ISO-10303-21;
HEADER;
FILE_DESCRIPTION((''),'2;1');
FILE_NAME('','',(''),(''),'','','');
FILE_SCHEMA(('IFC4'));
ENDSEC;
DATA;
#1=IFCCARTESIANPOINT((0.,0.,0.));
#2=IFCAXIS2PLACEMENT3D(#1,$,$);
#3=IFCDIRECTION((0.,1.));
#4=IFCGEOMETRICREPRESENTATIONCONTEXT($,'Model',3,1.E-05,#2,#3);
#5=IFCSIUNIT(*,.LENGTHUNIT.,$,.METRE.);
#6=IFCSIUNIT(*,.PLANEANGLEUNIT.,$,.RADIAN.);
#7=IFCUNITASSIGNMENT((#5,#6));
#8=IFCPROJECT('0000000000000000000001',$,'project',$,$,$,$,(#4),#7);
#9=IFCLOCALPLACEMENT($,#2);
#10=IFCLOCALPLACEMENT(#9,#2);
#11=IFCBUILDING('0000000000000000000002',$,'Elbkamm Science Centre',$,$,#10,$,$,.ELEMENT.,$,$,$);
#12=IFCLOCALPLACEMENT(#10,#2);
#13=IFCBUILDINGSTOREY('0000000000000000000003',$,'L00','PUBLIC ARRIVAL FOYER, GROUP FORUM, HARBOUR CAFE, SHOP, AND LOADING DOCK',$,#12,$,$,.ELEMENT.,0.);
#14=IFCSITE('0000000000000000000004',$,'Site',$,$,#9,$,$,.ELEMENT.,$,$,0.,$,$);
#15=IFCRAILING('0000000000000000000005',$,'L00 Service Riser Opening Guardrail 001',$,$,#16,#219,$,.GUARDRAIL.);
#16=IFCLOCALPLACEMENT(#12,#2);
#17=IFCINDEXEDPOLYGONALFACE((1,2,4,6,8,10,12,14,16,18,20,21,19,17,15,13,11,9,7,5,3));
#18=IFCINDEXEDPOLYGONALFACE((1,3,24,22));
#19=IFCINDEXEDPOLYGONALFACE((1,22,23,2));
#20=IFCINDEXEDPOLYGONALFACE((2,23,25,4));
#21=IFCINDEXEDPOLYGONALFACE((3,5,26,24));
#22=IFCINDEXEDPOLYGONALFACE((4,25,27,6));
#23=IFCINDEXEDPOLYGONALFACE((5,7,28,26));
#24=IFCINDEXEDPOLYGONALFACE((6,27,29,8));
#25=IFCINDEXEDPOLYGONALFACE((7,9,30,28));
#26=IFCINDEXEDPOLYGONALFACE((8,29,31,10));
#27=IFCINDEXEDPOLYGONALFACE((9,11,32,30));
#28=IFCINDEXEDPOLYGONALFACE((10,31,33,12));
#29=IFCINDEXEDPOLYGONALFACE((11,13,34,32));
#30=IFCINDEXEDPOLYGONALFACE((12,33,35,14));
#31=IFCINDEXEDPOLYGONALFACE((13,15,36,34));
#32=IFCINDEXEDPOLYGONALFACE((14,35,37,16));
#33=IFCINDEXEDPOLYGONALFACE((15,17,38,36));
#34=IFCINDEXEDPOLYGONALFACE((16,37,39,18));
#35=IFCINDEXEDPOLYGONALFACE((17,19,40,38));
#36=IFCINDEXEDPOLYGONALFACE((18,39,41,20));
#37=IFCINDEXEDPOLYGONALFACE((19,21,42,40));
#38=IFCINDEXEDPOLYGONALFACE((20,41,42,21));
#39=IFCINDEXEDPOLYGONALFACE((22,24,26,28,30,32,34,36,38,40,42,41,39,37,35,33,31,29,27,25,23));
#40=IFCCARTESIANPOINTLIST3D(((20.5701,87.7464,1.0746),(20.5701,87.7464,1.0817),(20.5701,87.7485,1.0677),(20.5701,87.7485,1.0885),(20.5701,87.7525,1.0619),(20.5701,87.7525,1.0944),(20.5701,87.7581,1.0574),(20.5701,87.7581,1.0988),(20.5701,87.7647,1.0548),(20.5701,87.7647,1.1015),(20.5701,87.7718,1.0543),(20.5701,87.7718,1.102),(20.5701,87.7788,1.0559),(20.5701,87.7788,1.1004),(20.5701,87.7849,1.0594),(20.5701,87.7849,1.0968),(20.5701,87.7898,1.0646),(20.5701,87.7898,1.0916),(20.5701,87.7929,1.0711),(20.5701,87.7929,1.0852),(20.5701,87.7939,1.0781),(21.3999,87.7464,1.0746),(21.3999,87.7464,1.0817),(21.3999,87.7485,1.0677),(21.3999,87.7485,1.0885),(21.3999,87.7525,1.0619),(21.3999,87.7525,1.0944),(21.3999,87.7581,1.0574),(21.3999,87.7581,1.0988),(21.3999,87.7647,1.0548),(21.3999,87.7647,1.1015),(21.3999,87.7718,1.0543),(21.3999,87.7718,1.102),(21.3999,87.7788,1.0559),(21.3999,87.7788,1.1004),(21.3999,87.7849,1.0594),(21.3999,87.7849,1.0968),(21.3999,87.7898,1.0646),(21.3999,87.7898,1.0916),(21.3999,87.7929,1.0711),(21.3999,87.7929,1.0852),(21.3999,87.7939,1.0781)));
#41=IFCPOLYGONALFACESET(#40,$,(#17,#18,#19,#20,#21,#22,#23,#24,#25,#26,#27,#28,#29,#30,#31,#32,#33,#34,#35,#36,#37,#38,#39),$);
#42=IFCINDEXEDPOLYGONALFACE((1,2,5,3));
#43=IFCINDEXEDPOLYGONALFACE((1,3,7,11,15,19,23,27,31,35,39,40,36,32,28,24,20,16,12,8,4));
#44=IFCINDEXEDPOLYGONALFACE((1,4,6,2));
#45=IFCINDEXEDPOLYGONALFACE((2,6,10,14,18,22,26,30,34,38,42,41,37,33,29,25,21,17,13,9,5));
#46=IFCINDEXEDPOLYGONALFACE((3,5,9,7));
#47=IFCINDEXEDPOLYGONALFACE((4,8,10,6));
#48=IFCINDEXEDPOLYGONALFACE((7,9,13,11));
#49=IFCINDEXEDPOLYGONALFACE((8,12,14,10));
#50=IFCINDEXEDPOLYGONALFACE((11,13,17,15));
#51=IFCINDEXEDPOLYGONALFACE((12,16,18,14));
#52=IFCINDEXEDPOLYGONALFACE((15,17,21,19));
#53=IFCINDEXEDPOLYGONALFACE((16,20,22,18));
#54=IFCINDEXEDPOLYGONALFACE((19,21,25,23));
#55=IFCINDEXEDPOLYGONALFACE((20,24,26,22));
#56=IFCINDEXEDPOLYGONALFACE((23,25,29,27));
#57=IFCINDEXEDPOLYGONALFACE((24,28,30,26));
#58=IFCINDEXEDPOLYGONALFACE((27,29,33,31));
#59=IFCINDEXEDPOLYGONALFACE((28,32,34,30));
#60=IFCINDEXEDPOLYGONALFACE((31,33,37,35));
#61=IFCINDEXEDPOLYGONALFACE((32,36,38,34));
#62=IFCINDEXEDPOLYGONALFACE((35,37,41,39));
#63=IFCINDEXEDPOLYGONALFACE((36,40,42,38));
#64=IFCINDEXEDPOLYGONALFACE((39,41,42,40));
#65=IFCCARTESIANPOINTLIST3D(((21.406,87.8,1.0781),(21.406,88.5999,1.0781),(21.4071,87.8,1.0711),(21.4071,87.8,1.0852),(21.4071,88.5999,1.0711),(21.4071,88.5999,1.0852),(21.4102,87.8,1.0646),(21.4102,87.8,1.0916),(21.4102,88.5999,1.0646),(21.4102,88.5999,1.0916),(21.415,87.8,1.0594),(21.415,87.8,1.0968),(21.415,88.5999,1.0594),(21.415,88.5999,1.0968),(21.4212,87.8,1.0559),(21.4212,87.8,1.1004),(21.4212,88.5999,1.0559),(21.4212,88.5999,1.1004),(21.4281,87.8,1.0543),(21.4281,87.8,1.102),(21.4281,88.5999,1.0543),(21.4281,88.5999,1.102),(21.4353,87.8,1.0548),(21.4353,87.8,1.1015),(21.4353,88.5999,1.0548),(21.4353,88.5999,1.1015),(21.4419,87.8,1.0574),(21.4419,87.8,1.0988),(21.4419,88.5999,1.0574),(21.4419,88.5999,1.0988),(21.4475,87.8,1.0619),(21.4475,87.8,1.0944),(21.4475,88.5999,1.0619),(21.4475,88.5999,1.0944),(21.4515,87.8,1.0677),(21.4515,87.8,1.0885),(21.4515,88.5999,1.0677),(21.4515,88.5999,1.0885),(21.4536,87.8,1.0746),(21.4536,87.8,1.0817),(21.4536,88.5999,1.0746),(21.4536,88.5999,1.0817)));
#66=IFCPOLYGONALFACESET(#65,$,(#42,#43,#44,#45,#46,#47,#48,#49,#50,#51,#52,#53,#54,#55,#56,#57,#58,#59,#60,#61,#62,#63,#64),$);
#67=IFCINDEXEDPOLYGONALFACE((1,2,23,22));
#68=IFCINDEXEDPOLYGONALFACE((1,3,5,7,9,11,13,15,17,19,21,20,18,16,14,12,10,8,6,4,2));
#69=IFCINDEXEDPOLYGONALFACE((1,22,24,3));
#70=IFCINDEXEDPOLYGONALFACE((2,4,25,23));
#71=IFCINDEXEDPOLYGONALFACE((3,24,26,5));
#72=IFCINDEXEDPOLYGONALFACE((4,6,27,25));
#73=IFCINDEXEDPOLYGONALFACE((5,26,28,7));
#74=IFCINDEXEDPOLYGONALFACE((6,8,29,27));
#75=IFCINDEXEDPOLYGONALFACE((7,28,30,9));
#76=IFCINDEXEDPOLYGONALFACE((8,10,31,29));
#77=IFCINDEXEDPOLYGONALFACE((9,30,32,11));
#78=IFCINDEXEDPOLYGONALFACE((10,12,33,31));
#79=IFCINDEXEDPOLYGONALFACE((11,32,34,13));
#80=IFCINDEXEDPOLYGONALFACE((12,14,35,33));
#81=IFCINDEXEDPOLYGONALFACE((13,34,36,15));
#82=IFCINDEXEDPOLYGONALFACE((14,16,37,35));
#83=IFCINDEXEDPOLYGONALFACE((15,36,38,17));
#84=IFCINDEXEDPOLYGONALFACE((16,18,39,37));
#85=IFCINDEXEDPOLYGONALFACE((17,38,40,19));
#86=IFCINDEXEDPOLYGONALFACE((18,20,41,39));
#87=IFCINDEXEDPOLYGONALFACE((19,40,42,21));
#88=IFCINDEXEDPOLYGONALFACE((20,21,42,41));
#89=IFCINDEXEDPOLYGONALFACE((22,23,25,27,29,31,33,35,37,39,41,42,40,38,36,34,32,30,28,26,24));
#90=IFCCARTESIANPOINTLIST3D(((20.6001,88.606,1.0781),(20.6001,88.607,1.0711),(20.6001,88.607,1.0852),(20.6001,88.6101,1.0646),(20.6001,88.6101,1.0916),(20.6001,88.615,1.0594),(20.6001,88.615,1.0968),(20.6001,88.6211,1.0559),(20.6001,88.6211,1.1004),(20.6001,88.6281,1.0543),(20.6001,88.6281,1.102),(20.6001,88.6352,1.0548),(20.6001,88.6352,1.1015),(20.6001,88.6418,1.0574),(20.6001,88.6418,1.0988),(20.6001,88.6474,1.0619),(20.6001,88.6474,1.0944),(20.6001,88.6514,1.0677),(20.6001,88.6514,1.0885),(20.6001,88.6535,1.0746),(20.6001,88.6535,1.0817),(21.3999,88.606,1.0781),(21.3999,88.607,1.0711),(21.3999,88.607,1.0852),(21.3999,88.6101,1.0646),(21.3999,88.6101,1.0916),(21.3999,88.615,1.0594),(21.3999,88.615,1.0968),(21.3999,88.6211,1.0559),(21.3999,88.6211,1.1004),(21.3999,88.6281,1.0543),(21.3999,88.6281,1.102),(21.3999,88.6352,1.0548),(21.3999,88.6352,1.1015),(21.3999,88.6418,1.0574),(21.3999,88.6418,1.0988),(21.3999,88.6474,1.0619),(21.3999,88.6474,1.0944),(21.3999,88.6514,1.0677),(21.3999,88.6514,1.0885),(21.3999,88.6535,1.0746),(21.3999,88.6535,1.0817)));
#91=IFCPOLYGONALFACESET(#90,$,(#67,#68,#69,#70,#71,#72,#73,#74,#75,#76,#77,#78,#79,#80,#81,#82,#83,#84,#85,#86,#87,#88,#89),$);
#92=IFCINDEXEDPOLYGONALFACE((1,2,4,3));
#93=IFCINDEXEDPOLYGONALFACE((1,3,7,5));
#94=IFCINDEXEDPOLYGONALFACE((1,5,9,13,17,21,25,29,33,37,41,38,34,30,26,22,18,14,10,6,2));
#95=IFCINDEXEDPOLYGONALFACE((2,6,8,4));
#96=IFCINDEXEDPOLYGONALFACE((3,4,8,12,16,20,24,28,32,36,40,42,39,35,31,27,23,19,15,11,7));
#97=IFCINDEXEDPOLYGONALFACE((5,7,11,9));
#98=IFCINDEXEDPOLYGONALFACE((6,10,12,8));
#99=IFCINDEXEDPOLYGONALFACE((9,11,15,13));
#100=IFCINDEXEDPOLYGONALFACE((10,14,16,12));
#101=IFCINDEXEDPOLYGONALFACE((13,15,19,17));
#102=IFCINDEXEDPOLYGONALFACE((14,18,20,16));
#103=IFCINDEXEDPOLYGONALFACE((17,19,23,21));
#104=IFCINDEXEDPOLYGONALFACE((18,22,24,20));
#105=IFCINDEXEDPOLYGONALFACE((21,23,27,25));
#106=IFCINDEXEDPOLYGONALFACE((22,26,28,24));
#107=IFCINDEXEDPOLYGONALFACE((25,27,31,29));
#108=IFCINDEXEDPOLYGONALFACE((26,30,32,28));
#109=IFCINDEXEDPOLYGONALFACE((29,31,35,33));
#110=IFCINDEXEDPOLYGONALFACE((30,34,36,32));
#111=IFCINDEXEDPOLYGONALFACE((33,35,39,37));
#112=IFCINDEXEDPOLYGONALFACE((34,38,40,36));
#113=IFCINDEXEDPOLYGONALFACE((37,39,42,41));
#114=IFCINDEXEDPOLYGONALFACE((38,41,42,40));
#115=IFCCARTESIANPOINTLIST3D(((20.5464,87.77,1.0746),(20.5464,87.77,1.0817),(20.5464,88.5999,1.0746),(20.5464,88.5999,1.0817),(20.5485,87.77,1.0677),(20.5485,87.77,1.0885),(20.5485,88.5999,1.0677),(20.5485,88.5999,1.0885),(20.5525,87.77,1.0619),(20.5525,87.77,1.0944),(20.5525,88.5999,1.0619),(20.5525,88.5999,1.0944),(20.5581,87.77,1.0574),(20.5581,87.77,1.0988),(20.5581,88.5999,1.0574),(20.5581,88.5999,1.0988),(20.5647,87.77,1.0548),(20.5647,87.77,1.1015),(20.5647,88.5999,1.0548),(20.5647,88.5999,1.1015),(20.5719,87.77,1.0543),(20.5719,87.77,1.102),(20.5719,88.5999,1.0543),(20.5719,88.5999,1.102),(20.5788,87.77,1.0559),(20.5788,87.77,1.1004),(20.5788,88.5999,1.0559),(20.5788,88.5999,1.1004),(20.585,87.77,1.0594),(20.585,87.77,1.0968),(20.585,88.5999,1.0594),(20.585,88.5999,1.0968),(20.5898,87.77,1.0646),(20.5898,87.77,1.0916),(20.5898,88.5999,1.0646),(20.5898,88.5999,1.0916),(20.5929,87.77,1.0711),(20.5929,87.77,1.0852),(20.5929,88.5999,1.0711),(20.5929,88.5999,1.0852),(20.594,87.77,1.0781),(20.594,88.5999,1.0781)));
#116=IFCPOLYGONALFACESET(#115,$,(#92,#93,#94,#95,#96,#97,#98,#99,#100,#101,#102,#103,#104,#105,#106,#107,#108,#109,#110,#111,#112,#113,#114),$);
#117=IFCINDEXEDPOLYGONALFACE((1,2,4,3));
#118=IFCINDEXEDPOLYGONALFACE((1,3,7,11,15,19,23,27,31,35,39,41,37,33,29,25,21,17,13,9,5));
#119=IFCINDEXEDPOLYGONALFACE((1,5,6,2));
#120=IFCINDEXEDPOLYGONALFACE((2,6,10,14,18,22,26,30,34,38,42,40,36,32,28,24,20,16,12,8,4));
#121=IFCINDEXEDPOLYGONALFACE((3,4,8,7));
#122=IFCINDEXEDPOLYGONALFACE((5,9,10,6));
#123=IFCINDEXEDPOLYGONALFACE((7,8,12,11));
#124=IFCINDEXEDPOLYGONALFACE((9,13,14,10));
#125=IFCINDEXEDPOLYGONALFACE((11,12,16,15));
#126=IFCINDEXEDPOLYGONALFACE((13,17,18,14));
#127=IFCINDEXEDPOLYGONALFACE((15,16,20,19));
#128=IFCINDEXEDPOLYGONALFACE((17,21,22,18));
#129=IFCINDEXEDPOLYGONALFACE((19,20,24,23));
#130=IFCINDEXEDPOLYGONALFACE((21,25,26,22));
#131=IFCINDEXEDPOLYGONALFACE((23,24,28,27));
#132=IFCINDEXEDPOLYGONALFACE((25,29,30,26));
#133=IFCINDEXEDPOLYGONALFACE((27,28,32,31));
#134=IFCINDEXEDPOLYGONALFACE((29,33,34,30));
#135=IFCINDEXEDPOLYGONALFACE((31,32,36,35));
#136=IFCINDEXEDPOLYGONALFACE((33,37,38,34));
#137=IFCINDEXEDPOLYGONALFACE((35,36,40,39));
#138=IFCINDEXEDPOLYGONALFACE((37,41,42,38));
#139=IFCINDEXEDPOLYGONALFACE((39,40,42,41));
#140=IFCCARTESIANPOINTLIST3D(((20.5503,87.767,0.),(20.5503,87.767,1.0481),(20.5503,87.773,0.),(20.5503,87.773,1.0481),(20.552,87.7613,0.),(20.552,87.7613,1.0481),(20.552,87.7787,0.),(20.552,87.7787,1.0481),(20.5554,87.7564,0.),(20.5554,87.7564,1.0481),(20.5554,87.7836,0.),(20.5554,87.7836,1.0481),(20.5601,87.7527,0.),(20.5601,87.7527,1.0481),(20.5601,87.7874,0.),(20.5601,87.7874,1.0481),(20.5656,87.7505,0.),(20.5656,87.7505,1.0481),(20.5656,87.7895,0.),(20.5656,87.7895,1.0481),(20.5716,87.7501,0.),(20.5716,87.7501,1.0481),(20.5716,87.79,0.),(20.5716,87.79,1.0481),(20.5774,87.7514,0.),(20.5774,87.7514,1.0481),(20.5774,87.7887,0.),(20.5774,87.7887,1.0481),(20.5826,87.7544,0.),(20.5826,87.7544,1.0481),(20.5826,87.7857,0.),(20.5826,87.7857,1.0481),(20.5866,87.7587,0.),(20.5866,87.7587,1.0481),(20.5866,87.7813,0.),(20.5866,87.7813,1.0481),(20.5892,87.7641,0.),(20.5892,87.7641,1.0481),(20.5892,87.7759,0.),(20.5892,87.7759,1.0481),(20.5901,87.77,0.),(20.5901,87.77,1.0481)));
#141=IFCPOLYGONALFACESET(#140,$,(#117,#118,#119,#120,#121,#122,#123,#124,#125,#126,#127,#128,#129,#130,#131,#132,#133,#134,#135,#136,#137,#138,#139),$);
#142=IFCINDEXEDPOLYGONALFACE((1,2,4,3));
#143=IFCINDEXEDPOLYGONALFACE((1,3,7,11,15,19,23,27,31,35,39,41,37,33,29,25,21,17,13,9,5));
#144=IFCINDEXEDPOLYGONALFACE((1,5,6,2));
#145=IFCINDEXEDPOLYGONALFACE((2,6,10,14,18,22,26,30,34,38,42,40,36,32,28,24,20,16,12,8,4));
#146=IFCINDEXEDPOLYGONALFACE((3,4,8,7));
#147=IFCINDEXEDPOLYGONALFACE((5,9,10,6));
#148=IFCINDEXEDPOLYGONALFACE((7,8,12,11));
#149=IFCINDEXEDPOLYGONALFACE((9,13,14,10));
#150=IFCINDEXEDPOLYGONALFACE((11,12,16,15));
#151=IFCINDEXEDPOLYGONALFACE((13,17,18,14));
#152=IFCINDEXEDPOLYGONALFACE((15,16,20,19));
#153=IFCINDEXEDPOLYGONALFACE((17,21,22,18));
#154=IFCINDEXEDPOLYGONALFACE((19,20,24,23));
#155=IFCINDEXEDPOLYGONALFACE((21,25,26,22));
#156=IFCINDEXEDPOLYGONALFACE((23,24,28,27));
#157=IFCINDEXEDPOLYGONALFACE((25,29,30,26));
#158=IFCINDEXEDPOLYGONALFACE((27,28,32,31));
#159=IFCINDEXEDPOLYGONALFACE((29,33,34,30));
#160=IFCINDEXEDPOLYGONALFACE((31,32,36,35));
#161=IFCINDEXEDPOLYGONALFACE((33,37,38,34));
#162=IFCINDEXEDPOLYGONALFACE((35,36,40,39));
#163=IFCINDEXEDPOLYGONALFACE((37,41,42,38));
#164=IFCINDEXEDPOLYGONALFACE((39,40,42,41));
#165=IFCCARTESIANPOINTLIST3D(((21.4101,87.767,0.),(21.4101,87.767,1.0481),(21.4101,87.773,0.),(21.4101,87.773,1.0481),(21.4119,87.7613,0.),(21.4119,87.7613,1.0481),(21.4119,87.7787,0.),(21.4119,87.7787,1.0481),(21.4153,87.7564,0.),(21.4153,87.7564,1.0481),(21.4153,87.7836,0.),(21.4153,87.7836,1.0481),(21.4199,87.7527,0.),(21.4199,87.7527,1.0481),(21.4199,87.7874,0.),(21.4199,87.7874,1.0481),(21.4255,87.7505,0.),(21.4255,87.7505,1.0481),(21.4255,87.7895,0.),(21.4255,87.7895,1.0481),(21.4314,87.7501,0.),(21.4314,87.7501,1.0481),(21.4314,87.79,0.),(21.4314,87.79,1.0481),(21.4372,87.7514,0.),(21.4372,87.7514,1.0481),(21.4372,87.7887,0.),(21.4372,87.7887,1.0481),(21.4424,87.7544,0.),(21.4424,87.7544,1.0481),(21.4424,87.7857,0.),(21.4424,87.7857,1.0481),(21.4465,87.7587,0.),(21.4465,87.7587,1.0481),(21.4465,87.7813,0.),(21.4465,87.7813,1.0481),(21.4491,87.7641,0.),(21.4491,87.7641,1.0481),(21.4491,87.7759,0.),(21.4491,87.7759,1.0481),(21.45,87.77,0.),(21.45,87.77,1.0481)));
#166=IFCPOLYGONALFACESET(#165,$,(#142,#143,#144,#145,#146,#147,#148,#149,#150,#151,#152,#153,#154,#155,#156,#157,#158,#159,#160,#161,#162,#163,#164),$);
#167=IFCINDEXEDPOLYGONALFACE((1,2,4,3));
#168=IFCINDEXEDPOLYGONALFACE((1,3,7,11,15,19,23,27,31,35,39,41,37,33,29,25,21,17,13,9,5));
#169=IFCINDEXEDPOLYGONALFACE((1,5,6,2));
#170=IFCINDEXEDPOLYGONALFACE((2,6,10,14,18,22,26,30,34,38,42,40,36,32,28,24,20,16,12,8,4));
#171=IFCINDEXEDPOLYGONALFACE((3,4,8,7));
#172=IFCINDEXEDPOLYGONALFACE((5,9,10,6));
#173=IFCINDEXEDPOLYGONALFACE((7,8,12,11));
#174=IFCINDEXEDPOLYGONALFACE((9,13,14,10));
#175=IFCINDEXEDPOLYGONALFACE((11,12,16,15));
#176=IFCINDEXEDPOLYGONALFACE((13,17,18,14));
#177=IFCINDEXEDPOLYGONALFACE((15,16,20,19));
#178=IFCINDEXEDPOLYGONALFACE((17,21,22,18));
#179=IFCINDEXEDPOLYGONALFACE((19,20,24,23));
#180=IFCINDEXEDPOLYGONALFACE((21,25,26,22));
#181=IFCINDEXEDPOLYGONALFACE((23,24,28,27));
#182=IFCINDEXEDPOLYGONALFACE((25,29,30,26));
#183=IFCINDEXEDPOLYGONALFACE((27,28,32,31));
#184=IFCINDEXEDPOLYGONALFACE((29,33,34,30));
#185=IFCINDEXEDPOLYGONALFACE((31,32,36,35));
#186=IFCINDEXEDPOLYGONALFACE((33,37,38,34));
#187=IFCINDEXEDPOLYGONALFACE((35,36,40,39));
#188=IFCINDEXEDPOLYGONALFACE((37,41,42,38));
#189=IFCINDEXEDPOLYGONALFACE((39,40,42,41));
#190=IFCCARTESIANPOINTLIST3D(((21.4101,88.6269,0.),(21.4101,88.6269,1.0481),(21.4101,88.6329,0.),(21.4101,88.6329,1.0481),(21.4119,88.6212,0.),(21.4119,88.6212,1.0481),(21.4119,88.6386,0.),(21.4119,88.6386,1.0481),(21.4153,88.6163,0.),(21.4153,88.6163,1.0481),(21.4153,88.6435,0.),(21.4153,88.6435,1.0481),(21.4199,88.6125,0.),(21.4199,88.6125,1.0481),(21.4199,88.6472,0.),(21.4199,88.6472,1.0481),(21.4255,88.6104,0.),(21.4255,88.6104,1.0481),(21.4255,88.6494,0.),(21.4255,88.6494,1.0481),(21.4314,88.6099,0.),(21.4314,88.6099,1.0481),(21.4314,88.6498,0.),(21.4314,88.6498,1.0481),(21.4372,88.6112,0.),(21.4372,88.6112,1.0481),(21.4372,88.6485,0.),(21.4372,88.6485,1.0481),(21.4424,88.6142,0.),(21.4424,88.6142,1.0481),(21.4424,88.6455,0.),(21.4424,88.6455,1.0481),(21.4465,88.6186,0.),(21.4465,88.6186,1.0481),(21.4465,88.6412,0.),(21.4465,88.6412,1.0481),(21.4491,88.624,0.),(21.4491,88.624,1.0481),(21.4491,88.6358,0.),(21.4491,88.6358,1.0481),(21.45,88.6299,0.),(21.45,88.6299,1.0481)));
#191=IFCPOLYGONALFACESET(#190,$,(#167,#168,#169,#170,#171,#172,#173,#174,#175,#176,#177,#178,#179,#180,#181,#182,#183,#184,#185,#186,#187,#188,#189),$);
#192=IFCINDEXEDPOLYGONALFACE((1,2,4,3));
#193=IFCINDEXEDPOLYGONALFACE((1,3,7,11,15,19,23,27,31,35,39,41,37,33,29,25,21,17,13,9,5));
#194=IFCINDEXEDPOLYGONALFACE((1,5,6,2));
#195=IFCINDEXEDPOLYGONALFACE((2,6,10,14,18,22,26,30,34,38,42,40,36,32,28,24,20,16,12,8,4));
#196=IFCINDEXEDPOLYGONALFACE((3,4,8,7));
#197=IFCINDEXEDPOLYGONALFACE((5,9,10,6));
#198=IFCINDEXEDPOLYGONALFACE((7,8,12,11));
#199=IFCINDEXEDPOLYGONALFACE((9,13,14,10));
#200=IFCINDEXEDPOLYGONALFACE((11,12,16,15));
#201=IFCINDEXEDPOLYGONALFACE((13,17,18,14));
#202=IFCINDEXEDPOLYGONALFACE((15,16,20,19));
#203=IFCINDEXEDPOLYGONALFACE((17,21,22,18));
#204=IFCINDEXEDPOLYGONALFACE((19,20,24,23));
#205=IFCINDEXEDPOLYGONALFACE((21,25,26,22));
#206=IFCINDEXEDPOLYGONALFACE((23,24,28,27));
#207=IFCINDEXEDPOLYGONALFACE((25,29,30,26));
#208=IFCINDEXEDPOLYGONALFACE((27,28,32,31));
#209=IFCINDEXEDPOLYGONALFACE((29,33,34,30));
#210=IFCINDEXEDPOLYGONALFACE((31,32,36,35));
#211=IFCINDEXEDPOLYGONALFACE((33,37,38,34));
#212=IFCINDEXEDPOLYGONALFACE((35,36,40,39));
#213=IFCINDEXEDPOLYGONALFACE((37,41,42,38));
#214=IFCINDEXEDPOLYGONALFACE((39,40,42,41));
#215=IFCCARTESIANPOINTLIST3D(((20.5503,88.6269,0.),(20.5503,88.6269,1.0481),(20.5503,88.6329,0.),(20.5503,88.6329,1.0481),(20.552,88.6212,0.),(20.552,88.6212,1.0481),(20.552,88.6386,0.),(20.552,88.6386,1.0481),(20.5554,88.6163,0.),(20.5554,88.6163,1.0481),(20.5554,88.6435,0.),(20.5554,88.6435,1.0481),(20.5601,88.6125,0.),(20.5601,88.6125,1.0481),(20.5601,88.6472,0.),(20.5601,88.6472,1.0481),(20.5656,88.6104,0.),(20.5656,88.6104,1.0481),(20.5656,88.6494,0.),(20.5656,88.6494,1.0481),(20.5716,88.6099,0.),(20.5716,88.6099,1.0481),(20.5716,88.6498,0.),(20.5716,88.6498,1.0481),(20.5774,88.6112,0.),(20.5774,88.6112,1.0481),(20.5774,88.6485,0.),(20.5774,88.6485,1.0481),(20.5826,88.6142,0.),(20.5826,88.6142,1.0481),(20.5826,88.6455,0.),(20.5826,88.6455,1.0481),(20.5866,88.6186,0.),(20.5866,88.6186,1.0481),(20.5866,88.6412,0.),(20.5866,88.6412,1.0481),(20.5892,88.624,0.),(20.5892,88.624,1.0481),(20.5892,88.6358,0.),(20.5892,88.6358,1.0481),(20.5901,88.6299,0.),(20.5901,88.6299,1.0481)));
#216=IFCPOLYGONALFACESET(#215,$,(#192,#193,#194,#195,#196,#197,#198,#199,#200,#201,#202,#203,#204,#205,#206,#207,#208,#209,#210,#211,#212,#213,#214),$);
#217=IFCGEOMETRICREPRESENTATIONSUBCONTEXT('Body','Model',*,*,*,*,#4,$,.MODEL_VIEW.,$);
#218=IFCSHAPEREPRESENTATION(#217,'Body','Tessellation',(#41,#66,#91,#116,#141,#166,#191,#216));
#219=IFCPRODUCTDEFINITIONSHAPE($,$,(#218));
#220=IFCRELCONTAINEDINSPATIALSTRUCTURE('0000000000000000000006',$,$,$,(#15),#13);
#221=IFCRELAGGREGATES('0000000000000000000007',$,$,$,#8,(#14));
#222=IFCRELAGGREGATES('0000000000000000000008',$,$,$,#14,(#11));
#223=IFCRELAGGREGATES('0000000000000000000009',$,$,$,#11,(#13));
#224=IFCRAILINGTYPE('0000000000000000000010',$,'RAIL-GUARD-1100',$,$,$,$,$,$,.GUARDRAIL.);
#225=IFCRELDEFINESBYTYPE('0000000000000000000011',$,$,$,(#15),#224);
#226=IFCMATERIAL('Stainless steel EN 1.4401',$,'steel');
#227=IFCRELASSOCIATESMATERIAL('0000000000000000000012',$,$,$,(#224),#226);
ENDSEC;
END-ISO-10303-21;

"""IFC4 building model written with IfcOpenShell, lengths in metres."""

from ifc_helpers import new_model, si_unit, direction, frame, origin, origin_2d, place, context, subcontext, project, spatial, circle, extrude, material, type_object, element, save


model = new_model("IFC4")

# Units and contexts
model_context = context("Model", 3, precision=1e-05, world=origin(), true_north=direction((0.0, 1.0)))
body_context = subcontext(model_context, "Body", "Model", "MODEL_VIEW")
ifc_project = project(units=[si_unit("LENGTHUNIT", "METRE"), si_unit("PLANEANGLEUNIT", "RADIAN")], contexts=[model_context])

# Site, building, storey
site_placement = place(None, origin())
site = spatial("IfcSite", under=ifc_project, at=site_placement, Name="Site", CompositionType="ELEMENT", RefElevation=0.0)
building_placement = place(site_placement, origin())
building = spatial("IfcBuilding", under=site, at=building_placement, Name="Elbkamm Science Centre", CompositionType="ELEMENT")
storey_placement = place(building_placement, origin())
storey = spatial("IfcBuildingStorey", under=building, at=storey_placement, Name="L00", Description="PUBLIC ARRIVAL FOYER, GROUP FORUM, HARBOUR CAFE, SHOP, AND LOADING DOCK", CompositionType="ELEMENT", Elevation=0.0)

# Railing
ifc_material_1 = material(Name="Stainless steel EN 1.4401", Category="steel")
railing_type = type_object("IfcRailingType", Name="RAIL-GUARD-1100", PredefinedType="GUARDRAIL", material=ifc_material_1)
railing_placement = place(storey_placement, frame((20.5701, 87.77, 0.0)))
element("IfcRailing", 1, at=railing_placement, inside=storey, type_object=railing_type, Name="L00 Service Riser Opening Guardrail 001", PredefinedType="GUARDRAIL", context=body_context, shape_type="SweptSolid", body=[
    extrude(circle(Radius=0.0239, at=origin_2d()), frame((0.0, 0.0, 1.0781), z_axis=(1.0, 0.0, 0.0), x_axis=(0.0, 1.0, 0.0)), (0.0, 0.0, 1.0), 0.8298),
    extrude(circle(Radius=0.0239, at=origin_2d()), frame((0.8599, 0.03, 1.0781), z_axis=(0.0, 1.0, 0.0), x_axis=(-1.0, 0.0, 0.0)), (0.0, 0.0, 1.0), 0.7998),
    extrude(circle(Radius=0.0239, at=origin_2d()), frame((0.8298, 0.8599, 1.0781), z_axis=(-1.0, 0.0, 0.0), x_axis=(0.0, -1.0, 0.0)), (0.0, 0.0, 1.0), 0.7998),
    extrude(circle(Radius=0.0239, at=origin_2d()), frame((0.0, 0.8298, 1.0781), z_axis=(0.0, -1.0, 0.0), x_axis=(1.0, 0.0, 0.0)), (0.0, 0.0, 1.0), 0.8298),
    extrude(circle(Radius=0.02, at=origin_2d()), origin(), (0.0, 0.0, 1.0), 1.0481),
    extrude(circle(Radius=0.02, at=origin_2d()), frame((0.8599, 0.0, 0.0)), (0.0, 0.0, 1.0), 1.0481),
    extrude(circle(Radius=0.02, at=origin_2d()), frame((0.8599, 0.8599, 0.0)), (0.0, 0.0, 1.0), 1.0481),
    extrude(circle(Radius=0.02, at=origin_2d()), frame((0.0, 0.8599, 0.0)), (0.0, 0.0, 1.0), 1.0481),
])

save(model, "model.ifc")
